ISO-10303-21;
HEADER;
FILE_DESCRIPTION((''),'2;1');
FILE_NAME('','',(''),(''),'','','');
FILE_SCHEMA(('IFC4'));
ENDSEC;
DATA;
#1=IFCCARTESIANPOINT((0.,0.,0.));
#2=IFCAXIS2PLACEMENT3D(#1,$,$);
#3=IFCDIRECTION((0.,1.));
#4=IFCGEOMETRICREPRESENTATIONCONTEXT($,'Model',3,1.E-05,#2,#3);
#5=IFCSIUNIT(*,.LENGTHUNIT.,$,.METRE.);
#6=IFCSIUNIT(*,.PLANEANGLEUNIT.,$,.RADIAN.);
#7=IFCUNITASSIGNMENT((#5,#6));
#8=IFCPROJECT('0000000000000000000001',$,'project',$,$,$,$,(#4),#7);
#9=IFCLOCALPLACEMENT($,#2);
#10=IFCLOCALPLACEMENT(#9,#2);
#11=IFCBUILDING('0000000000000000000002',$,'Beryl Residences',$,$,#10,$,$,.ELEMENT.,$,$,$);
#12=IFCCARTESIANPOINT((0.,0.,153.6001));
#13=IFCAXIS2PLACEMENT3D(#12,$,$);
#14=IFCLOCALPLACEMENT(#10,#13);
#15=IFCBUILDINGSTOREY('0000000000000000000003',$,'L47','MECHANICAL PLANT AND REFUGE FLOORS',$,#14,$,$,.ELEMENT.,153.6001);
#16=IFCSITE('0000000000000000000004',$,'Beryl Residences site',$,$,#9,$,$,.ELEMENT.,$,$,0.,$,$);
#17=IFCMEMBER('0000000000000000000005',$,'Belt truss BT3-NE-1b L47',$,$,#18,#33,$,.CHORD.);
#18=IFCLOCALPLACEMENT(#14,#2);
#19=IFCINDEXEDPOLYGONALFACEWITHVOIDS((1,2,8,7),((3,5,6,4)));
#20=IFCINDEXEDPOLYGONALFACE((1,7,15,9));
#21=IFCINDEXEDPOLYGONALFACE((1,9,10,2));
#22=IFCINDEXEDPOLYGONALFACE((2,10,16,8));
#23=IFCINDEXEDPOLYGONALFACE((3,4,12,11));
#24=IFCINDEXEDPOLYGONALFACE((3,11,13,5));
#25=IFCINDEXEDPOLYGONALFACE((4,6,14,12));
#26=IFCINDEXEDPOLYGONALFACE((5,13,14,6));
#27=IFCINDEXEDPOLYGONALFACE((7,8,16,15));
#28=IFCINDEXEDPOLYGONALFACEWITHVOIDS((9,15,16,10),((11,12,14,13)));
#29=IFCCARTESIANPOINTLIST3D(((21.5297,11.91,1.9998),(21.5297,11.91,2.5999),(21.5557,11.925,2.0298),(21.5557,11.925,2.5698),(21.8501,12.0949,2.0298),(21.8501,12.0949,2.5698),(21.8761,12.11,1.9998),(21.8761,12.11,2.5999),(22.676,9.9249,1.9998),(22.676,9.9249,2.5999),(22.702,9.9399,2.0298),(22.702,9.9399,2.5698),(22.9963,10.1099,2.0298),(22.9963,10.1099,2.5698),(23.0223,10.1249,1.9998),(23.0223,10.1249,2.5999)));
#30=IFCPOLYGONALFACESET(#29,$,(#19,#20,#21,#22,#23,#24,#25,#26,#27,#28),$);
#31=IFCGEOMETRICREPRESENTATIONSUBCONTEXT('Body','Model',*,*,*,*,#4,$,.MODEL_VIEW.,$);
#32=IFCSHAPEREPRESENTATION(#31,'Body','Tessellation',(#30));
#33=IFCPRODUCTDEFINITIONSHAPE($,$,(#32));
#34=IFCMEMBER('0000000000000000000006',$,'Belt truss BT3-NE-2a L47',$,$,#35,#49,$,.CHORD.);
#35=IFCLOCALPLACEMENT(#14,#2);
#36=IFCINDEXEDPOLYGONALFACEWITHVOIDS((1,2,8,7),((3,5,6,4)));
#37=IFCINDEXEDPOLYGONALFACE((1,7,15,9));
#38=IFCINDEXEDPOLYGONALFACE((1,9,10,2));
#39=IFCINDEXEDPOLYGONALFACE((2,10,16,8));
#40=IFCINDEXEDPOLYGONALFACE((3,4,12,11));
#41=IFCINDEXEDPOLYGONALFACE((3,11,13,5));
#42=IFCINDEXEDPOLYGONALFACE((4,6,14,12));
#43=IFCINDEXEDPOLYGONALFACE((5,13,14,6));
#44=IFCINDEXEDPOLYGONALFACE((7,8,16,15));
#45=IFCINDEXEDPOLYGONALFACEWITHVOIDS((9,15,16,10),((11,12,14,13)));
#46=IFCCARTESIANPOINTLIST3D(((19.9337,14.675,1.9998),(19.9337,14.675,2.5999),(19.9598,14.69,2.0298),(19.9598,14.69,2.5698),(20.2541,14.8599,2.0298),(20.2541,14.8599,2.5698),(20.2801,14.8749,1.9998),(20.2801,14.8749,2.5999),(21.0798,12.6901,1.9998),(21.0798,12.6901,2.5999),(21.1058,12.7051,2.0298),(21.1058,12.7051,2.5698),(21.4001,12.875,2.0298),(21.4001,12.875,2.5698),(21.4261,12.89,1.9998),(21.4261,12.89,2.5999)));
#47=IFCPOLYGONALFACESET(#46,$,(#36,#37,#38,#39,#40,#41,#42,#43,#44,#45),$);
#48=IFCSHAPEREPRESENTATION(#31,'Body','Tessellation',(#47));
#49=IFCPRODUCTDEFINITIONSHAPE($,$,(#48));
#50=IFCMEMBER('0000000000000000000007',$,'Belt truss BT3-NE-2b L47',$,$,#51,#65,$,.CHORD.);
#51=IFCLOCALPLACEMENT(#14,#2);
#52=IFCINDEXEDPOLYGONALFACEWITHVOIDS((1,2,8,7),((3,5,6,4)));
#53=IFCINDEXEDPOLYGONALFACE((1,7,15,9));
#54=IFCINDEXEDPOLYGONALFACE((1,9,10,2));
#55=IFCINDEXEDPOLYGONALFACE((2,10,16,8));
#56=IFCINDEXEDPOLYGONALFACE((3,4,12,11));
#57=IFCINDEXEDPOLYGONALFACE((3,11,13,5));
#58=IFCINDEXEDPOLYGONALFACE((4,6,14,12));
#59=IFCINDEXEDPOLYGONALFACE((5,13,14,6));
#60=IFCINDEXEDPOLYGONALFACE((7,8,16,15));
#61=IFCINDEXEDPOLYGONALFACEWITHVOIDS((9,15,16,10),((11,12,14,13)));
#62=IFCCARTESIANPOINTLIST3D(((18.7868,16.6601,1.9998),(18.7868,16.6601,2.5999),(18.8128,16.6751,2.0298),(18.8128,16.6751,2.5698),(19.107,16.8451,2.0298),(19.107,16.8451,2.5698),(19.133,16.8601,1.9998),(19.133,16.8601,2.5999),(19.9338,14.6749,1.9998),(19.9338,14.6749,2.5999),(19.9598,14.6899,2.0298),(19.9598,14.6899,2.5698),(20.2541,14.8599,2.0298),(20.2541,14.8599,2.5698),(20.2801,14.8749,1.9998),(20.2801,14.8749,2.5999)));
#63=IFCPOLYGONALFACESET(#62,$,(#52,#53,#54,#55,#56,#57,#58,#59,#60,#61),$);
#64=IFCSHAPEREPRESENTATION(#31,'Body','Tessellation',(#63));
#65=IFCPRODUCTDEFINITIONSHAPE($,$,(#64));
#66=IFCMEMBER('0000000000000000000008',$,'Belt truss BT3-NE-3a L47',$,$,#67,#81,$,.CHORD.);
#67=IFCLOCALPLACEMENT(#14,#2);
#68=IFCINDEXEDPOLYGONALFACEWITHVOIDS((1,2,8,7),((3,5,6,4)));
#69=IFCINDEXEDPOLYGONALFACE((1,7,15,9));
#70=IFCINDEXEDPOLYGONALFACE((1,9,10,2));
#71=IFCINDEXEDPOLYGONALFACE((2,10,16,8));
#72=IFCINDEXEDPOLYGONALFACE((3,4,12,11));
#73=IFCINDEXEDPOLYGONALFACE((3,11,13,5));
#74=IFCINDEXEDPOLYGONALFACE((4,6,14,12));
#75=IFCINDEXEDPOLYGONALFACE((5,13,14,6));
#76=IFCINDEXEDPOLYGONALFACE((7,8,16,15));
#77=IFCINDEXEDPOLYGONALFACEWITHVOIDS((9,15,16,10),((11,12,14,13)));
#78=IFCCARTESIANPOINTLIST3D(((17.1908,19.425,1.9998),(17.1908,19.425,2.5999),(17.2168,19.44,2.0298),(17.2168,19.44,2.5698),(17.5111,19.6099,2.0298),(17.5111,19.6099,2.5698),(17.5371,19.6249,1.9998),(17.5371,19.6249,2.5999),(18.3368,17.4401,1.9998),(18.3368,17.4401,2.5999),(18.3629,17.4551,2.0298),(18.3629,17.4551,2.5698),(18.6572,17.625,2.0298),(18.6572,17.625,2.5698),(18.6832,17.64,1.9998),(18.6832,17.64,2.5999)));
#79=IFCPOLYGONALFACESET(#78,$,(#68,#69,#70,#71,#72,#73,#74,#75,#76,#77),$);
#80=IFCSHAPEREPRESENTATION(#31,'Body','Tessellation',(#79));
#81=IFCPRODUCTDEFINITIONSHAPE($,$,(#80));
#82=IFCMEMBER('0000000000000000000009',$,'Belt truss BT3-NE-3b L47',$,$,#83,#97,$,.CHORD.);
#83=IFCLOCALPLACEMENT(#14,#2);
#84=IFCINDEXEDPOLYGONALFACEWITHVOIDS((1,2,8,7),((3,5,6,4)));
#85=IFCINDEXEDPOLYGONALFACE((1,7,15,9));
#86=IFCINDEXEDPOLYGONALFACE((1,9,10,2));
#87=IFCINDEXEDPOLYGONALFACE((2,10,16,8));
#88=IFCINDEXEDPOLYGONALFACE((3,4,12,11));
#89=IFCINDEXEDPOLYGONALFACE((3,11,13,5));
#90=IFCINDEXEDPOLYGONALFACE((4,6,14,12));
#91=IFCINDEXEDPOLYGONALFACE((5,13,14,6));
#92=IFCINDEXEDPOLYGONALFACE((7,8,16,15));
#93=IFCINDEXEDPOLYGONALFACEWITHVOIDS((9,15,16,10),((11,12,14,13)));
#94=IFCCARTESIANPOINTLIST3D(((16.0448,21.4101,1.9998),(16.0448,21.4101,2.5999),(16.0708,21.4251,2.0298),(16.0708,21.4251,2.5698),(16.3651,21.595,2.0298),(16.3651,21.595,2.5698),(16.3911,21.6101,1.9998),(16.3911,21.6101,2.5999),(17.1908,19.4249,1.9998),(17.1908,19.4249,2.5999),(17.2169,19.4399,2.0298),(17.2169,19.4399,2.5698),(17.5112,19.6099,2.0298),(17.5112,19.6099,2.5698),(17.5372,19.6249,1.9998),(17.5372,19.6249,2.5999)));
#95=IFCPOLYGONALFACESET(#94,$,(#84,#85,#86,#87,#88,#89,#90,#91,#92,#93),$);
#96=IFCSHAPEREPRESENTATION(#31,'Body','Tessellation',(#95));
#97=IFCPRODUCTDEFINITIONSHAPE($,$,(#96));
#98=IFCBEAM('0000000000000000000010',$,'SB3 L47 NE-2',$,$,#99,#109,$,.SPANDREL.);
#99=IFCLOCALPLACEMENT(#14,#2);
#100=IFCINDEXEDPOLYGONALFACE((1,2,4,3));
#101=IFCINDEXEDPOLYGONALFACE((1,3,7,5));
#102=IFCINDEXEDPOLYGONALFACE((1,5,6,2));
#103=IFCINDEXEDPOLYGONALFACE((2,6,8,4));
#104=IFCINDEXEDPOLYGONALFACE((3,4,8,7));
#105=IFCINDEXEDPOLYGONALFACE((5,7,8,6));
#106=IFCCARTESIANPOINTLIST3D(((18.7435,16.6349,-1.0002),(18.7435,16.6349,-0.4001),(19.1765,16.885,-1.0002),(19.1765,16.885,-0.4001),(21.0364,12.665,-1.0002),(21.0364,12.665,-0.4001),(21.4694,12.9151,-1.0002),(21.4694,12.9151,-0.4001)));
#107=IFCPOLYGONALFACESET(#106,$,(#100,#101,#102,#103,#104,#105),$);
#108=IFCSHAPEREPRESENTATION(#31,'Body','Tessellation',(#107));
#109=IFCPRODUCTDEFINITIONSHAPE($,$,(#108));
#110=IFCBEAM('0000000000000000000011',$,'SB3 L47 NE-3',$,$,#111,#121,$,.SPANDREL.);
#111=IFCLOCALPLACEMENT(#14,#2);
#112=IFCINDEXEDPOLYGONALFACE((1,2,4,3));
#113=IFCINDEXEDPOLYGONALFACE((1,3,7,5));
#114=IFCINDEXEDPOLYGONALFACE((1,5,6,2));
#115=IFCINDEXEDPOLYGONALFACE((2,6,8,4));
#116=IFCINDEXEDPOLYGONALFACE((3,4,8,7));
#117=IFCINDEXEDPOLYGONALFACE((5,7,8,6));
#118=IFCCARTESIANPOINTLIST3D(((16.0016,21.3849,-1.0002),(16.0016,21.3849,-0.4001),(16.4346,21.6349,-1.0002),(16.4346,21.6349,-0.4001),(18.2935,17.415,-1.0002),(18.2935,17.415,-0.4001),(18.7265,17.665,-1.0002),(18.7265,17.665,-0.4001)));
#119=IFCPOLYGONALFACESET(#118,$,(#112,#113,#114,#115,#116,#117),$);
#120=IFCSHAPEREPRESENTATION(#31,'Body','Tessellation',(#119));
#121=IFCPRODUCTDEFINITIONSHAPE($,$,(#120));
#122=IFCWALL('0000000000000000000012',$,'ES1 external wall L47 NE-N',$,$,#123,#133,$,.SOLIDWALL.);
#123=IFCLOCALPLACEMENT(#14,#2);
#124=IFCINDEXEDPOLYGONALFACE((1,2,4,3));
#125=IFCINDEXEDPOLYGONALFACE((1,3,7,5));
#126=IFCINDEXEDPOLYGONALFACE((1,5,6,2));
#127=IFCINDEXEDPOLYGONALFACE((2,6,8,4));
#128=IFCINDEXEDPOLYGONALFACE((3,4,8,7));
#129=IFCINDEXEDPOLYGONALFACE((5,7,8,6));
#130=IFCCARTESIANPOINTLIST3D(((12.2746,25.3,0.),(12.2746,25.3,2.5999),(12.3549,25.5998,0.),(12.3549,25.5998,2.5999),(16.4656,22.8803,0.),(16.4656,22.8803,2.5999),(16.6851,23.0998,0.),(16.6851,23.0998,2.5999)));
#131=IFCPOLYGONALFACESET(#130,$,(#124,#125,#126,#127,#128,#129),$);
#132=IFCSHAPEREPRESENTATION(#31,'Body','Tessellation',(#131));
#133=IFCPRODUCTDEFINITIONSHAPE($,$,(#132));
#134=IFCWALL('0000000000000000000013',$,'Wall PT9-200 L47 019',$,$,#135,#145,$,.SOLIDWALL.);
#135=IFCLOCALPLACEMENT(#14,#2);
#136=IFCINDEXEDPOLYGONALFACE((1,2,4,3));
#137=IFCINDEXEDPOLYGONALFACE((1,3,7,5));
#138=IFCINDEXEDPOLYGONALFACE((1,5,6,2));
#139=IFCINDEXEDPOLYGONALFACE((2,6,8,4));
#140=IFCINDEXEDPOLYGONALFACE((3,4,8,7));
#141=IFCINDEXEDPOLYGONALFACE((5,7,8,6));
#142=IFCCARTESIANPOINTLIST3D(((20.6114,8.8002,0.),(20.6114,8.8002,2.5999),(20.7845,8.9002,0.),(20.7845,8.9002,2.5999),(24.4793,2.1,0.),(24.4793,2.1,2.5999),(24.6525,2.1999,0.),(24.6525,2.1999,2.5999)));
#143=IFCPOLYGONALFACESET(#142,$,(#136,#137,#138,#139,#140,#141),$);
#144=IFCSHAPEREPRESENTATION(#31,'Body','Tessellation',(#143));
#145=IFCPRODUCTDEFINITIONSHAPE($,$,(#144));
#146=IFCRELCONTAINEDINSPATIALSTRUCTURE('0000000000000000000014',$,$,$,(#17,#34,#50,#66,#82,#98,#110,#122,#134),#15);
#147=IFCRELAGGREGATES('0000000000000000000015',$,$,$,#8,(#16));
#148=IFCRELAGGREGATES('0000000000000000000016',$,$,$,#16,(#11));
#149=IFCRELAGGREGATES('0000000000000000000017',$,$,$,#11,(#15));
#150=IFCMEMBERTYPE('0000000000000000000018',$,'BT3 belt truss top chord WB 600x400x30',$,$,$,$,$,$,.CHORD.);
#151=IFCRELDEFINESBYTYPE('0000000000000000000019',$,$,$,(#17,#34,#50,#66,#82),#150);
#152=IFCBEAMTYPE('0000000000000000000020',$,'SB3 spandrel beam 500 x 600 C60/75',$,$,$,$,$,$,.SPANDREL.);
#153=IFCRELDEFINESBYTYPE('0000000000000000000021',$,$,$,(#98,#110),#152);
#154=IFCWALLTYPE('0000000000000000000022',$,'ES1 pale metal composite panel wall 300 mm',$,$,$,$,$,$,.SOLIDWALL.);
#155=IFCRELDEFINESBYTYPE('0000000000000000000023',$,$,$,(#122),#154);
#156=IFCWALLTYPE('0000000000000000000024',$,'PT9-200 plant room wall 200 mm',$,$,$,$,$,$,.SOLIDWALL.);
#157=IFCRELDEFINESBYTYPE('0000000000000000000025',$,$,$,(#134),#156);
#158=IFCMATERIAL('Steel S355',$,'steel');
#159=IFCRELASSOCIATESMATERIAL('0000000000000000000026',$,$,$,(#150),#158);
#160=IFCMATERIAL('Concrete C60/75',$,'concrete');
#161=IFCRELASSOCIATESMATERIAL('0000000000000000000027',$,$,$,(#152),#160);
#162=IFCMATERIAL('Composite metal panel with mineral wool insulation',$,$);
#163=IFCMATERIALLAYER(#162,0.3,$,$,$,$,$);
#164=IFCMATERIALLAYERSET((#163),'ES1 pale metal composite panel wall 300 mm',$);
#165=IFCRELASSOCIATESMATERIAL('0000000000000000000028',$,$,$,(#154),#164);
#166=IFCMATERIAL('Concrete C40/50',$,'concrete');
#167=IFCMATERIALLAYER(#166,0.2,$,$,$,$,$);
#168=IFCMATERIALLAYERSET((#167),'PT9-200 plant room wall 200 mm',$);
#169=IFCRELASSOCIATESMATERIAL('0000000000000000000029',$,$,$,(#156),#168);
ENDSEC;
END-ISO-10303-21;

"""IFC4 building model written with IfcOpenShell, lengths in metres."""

from ifc_helpers import new_model, si_unit, direction, frame, frame_2d, origin, origin_2d, place, context, subcontext, project, spatial, polyline, rectangle, hollow_rectangle, outline, extrude, material, layer, layer_set, material_profile, profile_set, type_object, element, save


model = new_model("IFC4")

# Units and contexts
model_context = context("Model", 3, precision=1e-05, world=origin(), true_north=direction((0.0, 1.0)))
body_context = subcontext(model_context, "Body", "Model", "MODEL_VIEW")
ifc_project = project(units=[si_unit("LENGTHUNIT", "METRE"), si_unit("PLANEANGLEUNIT", "RADIAN")], contexts=[model_context])

# Site, building, storey
site_placement = place(None, origin())
site = spatial("IfcSite", under=ifc_project, at=site_placement, Name="Beryl Residences site", CompositionType="ELEMENT", RefElevation=0.0)
building_placement = place(site_placement, origin())
building = spatial("IfcBuilding", under=site, at=building_placement, Name="Beryl Residences", CompositionType="ELEMENT")
storey_placement = place(building_placement, frame((0.0, 0.0, 153.6001)))
storey = spatial("IfcBuildingStorey", under=building, at=storey_placement, Name="L47", Description="MECHANICAL PLANT AND REFUGE FLOORS", CompositionType="ELEMENT", Elevation=153.6001)

# Members
ifc_material_1 = material(Name="Steel S355", Category="steel")
ifc_material_profile_1 = material_profile(ifc_material_1, hollow_rectangle(XDim=0.3999, YDim=0.6001, WallThickness=0.03, at=origin_2d()))
ifc_profile_set_1 = profile_set([ifc_material_profile_1], Name="Steel S355")
member_type_1 = type_object("IfcMemberType", Name="BT3 belt truss top chord WB 600x400x30", PredefinedType="CHORD", material=ifc_profile_set_1)
member_1_placement = place(storey_placement, frame((22.8491, 10.0249, 2.2998), z_axis=(-0.500045, 0.865999, 0.0), x_axis=(-0.865999, -0.500045, 0.0)))
element("IfcMember", 1, at=member_1_placement, inside=storey, type_object=member_type_1, Name="Belt truss BT3-NE-1b L47", PredefinedType="CHORD", context=body_context, shape_type="SweptSolid", body=[
    extrude(hollow_rectangle(XDim=0.3999, YDim=0.6001, WallThickness=0.03, at=origin_2d()), origin(), (0.0, 0.0, 1.0), 2.2922),
])
member_2_placement = place(storey_placement, frame((21.2529, 12.79, 2.2998), z_axis=(-0.500011, 0.866019, 0.0), x_axis=(-0.866019, -0.500011, 0.0)))
element("IfcMember", 2, at=member_2_placement, inside=storey, type_object=member_type_1, Name="Belt truss BT3-NE-2a L47", PredefinedType="CHORD", context=body_context, shape_type="SweptSolid", body=[
    extrude(hollow_rectangle(XDim=0.3999, YDim=0.6001, WallThickness=0.03, at=origin_2d()), origin(), (0.0, 0.0, 1.0), 2.292),
])
member_3_placement = place(storey_placement, frame((20.1069, 14.7749, 2.2998), z_axis=(-0.500285, 0.865861, 0.0), x_axis=(-0.865861, -0.500285, 0.0)))
element("IfcMember", 3, at=member_3_placement, inside=storey, type_object=member_type_1, Name="Belt truss BT3-NE-2b L47", PredefinedType="CHORD", context=body_context, shape_type="SweptSolid", body=[
    extrude(hollow_rectangle(XDim=0.3999, YDim=0.6001, WallThickness=0.03, at=origin_2d()), origin(), (0.0, 0.0, 1.0), 2.2927),
])
member_4_placement = place(storey_placement, frame((18.51, 17.54, 2.2998), z_axis=(-0.500011, 0.866019, 0.0), x_axis=(-0.866019, -0.500011, 0.0)))
element("IfcMember", 4, at=member_4_placement, inside=storey, type_object=member_type_1, Name="Belt truss BT3-NE-3a L47", PredefinedType="CHORD", context=body_context, shape_type="SweptSolid", body=[
    extrude(hollow_rectangle(XDim=0.3999, YDim=0.6001, WallThickness=0.03, at=origin_2d()), origin(), (0.0, 0.0, 1.0), 2.292),
])
member_5_placement = place(storey_placement, frame((17.364, 19.5249, 2.2998), z_axis=(-0.499965, 0.866045, 0.0), x_axis=(-0.866045, -0.499965, 0.0)))
element("IfcMember", 5, at=member_5_placement, inside=storey, type_object=member_type_1, Name="Belt truss BT3-NE-3b L47", PredefinedType="CHORD", context=body_context, shape_type="SweptSolid", body=[
    extrude(hollow_rectangle(XDim=0.3999, YDim=0.6001, WallThickness=0.03, at=origin_2d()), origin(), (0.0, 0.0, 1.0), 2.2922),
])

# Beams
ifc_material_2 = material(Name="Concrete C60/75", Category="concrete")
ifc_material_profile_2 = material_profile(ifc_material_2, rectangle(XDim=0.5, YDim=0.6001, at=origin_2d()))
ifc_profile_set_2 = profile_set([ifc_material_profile_2], Name="Concrete C60/75")
beam_type = type_object("IfcBeamType", Name="SB3 spandrel beam 500 x 600 C60/75", PredefinedType="SPANDREL", material=ifc_profile_set_2)
beam_1_placement = place(storey_placement, frame((21.2529, 12.79, -0.7002), z_axis=(-0.500148, 0.86594, 0.0), x_axis=(-0.86594, -0.500148, 0.0)))
element("IfcBeam", 6, at=beam_1_placement, inside=storey, type_object=beam_type, Name="SB3 L47 NE-2", PredefinedType="SPANDREL", context=body_context, shape_type="SweptSolid", body=[
    extrude(rectangle(XDim=0.5, YDim=0.6001, at=origin_2d()), origin(), (0.0, 0.0, 1.0), 4.5845),
])
beam_2_placement = place(storey_placement, frame((18.51, 17.54, -0.7002), z_axis=(-0.499988, 0.866032, 0.0), x_axis=(-0.866032, -0.499988, 0.0)))
element("IfcBeam", 7, at=beam_2_placement, inside=storey, type_object=beam_type, Name="SB3 L47 NE-3", PredefinedType="SPANDREL", context=body_context, shape_type="SweptSolid", body=[
    extrude(rectangle(XDim=0.5, YDim=0.6001, at=origin_2d()), origin(), (0.0, 0.0, 1.0), 4.584),
])

# Walls
ifc_material_3 = material(Name="Composite metal panel with mineral wool insulation")
ifc_layer_1 = layer(ifc_material_3, 0.3)
ifc_layer_set_1 = layer_set([ifc_layer_1], Name="ES1 pale metal composite panel wall 300 mm")
wall_type_1 = type_object("IfcWallType", Name="ES1 pale metal composite panel wall 300 mm", PredefinedType="SOLIDWALL", material=ifc_layer_set_1)
wall_1_placement = place(storey_placement, frame((16.6101, 22.97, 0.0), z_axis=(0.0, 0.0, 1.0), x_axis=(-0.866023, 0.500004, 0.0)))
element("IfcWall", 8, at=wall_1_placement, inside=storey, type_object=wall_type_1, Name="ES1 external wall L47 NE-N", PredefinedType="SOLIDWALL", context=body_context, shape_type="SweptSolid", body=[
    extrude(outline(polyline([(0.0, -0.1499), (5.0, -0.1499), (4.9197, 0.1499), (0.0803, 0.1499), (0.0, -0.1499)])), origin(), (0.0, 0.0, 1.0), 2.5999),
])
ifc_material_4 = material(Name="Concrete C40/50", Category="concrete")
ifc_layer_2 = layer(ifc_material_4, 0.2)
ifc_layer_set_2 = layer_set([ifc_layer_2], Name="PT9-200 plant room wall 200 mm")
wall_type_2 = type_object("IfcWallType", Name="PT9-200 plant room wall 200 mm", PredefinedType="SOLIDWALL", material=ifc_layer_set_2)
wall_2_placement = place(storey_placement, frame((20.698, 8.8501, 0.0), z_axis=(0.0, 0.0, 1.0), x_axis=(0.499957, -0.86605, 0.0)))
element("IfcWall", 9, at=wall_2_placement, inside=storey, type_object=wall_type_2, Name="Wall PT9-200 L47 019", PredefinedType="SOLIDWALL", context=body_context, shape_type="SweptSolid", body=[
    extrude(rectangle(XDim=7.7366, YDim=0.2, at=frame_2d((3.8682, 0.0))), origin(), (0.0, 0.0, 1.0), 2.5999),
])

save(model, "model.ifc")
